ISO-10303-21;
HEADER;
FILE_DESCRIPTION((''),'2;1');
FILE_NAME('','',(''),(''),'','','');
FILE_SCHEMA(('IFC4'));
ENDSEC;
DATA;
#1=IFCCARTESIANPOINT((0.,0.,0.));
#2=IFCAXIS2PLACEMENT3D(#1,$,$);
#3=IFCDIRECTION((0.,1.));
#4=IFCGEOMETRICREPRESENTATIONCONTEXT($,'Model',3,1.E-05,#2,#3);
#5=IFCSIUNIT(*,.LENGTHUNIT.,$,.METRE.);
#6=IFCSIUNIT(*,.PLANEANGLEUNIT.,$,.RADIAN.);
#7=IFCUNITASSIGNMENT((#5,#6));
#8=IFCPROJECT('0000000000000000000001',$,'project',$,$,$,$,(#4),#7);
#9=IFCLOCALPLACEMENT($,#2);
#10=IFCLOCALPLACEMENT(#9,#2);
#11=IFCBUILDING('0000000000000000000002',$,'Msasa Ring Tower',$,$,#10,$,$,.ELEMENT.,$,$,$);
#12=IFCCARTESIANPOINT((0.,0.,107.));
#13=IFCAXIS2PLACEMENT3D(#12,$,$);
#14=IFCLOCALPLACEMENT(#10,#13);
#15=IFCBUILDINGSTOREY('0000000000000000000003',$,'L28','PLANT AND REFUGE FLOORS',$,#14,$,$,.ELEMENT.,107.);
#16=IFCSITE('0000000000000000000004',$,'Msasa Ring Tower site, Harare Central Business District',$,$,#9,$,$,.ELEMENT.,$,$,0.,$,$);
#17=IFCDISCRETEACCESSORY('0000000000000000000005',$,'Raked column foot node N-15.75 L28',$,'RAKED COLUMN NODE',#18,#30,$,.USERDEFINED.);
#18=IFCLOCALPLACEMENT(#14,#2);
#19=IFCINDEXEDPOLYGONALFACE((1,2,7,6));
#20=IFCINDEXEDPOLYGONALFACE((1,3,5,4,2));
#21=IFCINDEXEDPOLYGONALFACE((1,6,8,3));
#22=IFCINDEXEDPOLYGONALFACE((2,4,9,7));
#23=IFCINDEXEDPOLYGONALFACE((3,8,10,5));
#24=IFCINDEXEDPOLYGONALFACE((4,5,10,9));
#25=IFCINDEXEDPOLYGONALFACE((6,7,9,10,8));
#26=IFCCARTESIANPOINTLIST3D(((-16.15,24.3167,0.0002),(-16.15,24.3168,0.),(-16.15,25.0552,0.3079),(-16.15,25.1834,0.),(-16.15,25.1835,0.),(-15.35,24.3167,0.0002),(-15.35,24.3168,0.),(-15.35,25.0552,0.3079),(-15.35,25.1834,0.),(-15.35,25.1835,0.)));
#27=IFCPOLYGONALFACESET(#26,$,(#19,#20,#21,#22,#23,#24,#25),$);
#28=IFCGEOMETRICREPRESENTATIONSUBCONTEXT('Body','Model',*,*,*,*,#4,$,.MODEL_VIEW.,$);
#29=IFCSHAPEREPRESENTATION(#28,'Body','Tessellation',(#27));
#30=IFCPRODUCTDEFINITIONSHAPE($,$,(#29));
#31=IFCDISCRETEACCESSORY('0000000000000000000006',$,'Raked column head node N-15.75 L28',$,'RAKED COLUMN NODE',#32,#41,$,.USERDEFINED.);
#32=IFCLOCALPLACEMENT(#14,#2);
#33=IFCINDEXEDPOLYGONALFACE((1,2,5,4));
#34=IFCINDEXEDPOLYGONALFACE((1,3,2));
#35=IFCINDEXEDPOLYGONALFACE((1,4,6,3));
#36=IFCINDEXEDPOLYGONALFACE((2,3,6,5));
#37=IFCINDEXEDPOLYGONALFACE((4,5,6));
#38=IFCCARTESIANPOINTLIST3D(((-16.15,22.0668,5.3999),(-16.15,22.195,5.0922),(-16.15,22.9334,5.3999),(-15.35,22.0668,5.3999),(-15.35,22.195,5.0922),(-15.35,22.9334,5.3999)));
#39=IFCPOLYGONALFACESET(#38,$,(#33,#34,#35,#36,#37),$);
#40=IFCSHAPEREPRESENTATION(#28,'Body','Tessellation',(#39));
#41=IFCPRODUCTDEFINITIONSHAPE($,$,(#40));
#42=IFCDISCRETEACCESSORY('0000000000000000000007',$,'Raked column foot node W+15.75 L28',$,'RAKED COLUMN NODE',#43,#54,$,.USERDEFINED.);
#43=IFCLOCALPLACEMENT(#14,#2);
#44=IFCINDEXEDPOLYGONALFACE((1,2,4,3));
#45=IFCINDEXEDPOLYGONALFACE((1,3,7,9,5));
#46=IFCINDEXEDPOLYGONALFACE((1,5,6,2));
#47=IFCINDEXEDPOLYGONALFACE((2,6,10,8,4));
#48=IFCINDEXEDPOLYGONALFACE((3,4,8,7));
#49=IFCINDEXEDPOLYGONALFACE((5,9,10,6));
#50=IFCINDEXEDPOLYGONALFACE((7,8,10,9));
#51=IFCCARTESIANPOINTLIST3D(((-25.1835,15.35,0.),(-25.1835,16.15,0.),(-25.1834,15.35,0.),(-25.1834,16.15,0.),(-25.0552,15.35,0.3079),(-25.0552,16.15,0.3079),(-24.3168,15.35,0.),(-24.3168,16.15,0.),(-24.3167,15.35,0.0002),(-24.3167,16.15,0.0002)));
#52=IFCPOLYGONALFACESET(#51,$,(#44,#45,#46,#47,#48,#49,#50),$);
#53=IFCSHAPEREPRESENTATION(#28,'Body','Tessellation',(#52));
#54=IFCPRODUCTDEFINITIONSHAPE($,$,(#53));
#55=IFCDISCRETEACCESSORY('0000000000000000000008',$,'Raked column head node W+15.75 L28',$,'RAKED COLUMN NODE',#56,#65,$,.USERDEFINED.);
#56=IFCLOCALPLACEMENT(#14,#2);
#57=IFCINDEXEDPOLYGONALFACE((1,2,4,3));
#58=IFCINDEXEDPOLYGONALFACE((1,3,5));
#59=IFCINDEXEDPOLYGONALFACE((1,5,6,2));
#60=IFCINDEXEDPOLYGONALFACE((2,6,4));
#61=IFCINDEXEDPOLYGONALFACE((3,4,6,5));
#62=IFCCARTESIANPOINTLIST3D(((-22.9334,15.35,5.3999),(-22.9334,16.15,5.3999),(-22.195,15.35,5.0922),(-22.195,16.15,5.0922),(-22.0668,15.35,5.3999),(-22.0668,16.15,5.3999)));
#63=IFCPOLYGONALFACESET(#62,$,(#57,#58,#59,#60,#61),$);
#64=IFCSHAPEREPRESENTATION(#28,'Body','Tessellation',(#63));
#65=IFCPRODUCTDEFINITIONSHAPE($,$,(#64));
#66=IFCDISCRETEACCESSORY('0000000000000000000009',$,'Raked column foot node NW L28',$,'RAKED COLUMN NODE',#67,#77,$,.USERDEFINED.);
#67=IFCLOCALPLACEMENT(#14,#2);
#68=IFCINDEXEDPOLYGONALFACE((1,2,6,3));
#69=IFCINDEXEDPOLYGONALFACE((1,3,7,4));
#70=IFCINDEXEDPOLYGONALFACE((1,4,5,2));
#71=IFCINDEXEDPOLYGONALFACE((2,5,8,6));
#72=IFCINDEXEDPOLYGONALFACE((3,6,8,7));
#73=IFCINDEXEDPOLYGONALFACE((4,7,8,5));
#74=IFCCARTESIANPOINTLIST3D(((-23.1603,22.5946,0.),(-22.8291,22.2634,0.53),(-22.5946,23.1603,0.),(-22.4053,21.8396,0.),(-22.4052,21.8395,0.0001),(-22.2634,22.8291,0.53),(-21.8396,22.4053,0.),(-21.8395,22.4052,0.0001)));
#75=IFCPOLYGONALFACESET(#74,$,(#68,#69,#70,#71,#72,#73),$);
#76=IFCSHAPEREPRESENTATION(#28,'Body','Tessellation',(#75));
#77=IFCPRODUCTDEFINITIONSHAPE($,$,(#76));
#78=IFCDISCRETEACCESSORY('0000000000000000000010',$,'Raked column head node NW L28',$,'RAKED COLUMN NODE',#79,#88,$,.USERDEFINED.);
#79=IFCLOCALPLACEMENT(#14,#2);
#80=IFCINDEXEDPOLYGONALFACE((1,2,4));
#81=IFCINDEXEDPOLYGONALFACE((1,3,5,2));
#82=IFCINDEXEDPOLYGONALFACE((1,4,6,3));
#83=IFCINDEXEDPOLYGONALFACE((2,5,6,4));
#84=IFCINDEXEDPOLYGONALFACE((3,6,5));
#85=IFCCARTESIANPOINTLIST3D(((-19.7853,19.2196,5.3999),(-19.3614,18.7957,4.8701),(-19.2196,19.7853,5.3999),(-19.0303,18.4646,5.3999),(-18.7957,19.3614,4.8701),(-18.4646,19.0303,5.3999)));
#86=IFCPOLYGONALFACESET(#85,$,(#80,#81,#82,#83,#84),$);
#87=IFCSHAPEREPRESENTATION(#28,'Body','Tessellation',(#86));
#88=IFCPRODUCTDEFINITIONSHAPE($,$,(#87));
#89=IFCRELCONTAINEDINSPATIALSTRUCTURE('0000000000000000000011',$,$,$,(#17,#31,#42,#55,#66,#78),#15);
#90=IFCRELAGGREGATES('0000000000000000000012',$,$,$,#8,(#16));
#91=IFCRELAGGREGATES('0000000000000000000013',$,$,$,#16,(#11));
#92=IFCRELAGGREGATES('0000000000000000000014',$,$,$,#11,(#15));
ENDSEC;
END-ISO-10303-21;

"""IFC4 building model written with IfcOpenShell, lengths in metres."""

from ifc_helpers import new_model, si_unit, direction, frame, origin, origin_2d, place, context, subcontext, project, spatial, rectangle, extrude, clip, halfspace, element, save


model = new_model("IFC4")

# Units and contexts
model_context = context("Model", 3, precision=1e-05, world=origin(), true_north=direction((0.0, 1.0)))
body_context = subcontext(model_context, "Body", "Model", "MODEL_VIEW")
ifc_project = project(units=[si_unit("LENGTHUNIT", "METRE"), si_unit("PLANEANGLEUNIT", "RADIAN")], contexts=[model_context])

# Site, building, storey
site_placement = place(None, origin())
site = spatial("IfcSite", under=ifc_project, at=site_placement, Name="Msasa Ring Tower site, Harare Central Business District", CompositionType="ELEMENT", RefElevation=0.0)
building_placement = place(site_placement, origin())
building = spatial("IfcBuilding", under=site, at=building_placement, Name="Msasa Ring Tower", CompositionType="ELEMENT")
storey_placement = place(building_placement, frame((0.0, 0.0, 107.0)))
storey = spatial("IfcBuildingStorey", under=building, at=storey_placement, Name="L28", Description="PLANT AND REFUGE FLOORS", CompositionType="ELEMENT", Elevation=107.0)

# Discrete accessories
discrete_accessory_1_placement = place(storey_placement, frame((-15.75, 24.75, 0.0)))
element("IfcDiscreteAccessory", 1, at=discrete_accessory_1_placement, inside=storey, Name="Raked column foot node N-15.75 L28", ObjectType="RAKED COLUMN NODE", PredefinedType="USERDEFINED", context=body_context, shape_type="Clipping", body=[
    clip(extrude(rectangle(XDim=0.8, YDim=0.8, at=origin_2d()), frame((0.0, 0.0642, -0.1538), z_axis=(0.0, -0.384615, 0.923077), x_axis=(0.0, 0.923077, 0.384615)), (0.0, 0.0, 1.0), 0.3335), halfspace(frame((0.0, 0.0, 0.0), z_axis=(0.0, 0.0, 1.0)), True)),
])
discrete_accessory_2_placement = place(storey_placement, frame((-15.75, 22.5, 5.3999)))
element("IfcDiscreteAccessory", 2, at=discrete_accessory_2_placement, inside=storey, Name="Raked column head node N-15.75 L28", ObjectType="RAKED COLUMN NODE", PredefinedType="USERDEFINED", context=body_context, shape_type="Clipping", body=[
    clip(extrude(rectangle(XDim=0.8, YDim=0.8, at=origin_2d()), frame((0.0, 0.0642, -0.1538), z_axis=(0.0, -0.384615, 0.923077), x_axis=(0.0, 0.923077, 0.384615)), (0.0, 0.0, 1.0), 0.3335), halfspace(frame((0.0, 0.0, 0.0), z_axis=(0.0, 0.0, -1.0)), True)),
])
discrete_accessory_3_placement = place(storey_placement, frame((-24.75, 15.75, 0.0)))
element("IfcDiscreteAccessory", 3, at=discrete_accessory_3_placement, inside=storey, Name="Raked column foot node W+15.75 L28", ObjectType="RAKED COLUMN NODE", PredefinedType="USERDEFINED", context=body_context, shape_type="Clipping", body=[
    clip(extrude(rectangle(XDim=0.8, YDim=0.8, at=origin_2d()), frame((-0.0642, 0.0, -0.1538), z_axis=(0.384615, 0.0, 0.923077), x_axis=(0.0, 1.0, 0.0)), (0.0, 0.0, 1.0), 0.3335), halfspace(frame((0.0, 0.0, 0.0), z_axis=(0.0, 0.0, 1.0)), True)),
])
discrete_accessory_4_placement = place(storey_placement, frame((-22.5, 15.75, 5.3999)))
element("IfcDiscreteAccessory", 4, at=discrete_accessory_4_placement, inside=storey, Name="Raked column head node W+15.75 L28", ObjectType="RAKED COLUMN NODE", PredefinedType="USERDEFINED", context=body_context, shape_type="Clipping", body=[
    clip(extrude(rectangle(XDim=0.8, YDim=0.8, at=origin_2d()), frame((-0.0642, 0.0, -0.1538), z_axis=(0.384615, 0.0, 0.923077), x_axis=(0.0, 1.0, 0.0)), (0.0, 0.0, 1.0), 0.3335), halfspace(frame((0.0, 0.0, 0.0), z_axis=(0.0, 0.0, -1.0)), True)),
])
discrete_accessory_5_placement = place(storey_placement, frame((-22.5, 22.5, 0.0)))
element("IfcDiscreteAccessory", 5, at=discrete_accessory_5_placement, inside=storey, Name="Raked column foot node NW L28", ObjectType="RAKED COLUMN NODE", PredefinedType="USERDEFINED", context=body_context, shape_type="Clipping", body=[
    clip(extrude(rectangle(XDim=0.8, YDim=0.8, at=origin_2d()), frame((-0.1655, 0.1655, -0.2649), z_axis=(0.468293, -0.468293, 0.749269), x_axis=(0.707107, 0.707107, 0.0)), (0.0, 0.0, 1.0), 0.7073), halfspace(frame((0.0, 0.0, 0.0), z_axis=(0.0, 0.0, 1.0)), True)),
])
discrete_accessory_6_placement = place(storey_placement, frame((-19.125, 19.125, 5.3999)))
element("IfcDiscreteAccessory", 6, at=discrete_accessory_6_placement, inside=storey, Name="Raked column head node NW L28", ObjectType="RAKED COLUMN NODE", PredefinedType="USERDEFINED", context=body_context, shape_type="Clipping", body=[
    clip(extrude(rectangle(XDim=0.8, YDim=0.8, at=origin_2d()), frame((-0.1655, 0.1655, -0.2649), z_axis=(0.468293, -0.468293, 0.749269), x_axis=(0.707107, 0.707107, 0.0)), (0.0, 0.0, 1.0), 0.7073), halfspace(frame((0.0, 0.0, 0.0), z_axis=(0.0, 0.0, -1.0)), True)),
])

save(model, "model.ifc")
